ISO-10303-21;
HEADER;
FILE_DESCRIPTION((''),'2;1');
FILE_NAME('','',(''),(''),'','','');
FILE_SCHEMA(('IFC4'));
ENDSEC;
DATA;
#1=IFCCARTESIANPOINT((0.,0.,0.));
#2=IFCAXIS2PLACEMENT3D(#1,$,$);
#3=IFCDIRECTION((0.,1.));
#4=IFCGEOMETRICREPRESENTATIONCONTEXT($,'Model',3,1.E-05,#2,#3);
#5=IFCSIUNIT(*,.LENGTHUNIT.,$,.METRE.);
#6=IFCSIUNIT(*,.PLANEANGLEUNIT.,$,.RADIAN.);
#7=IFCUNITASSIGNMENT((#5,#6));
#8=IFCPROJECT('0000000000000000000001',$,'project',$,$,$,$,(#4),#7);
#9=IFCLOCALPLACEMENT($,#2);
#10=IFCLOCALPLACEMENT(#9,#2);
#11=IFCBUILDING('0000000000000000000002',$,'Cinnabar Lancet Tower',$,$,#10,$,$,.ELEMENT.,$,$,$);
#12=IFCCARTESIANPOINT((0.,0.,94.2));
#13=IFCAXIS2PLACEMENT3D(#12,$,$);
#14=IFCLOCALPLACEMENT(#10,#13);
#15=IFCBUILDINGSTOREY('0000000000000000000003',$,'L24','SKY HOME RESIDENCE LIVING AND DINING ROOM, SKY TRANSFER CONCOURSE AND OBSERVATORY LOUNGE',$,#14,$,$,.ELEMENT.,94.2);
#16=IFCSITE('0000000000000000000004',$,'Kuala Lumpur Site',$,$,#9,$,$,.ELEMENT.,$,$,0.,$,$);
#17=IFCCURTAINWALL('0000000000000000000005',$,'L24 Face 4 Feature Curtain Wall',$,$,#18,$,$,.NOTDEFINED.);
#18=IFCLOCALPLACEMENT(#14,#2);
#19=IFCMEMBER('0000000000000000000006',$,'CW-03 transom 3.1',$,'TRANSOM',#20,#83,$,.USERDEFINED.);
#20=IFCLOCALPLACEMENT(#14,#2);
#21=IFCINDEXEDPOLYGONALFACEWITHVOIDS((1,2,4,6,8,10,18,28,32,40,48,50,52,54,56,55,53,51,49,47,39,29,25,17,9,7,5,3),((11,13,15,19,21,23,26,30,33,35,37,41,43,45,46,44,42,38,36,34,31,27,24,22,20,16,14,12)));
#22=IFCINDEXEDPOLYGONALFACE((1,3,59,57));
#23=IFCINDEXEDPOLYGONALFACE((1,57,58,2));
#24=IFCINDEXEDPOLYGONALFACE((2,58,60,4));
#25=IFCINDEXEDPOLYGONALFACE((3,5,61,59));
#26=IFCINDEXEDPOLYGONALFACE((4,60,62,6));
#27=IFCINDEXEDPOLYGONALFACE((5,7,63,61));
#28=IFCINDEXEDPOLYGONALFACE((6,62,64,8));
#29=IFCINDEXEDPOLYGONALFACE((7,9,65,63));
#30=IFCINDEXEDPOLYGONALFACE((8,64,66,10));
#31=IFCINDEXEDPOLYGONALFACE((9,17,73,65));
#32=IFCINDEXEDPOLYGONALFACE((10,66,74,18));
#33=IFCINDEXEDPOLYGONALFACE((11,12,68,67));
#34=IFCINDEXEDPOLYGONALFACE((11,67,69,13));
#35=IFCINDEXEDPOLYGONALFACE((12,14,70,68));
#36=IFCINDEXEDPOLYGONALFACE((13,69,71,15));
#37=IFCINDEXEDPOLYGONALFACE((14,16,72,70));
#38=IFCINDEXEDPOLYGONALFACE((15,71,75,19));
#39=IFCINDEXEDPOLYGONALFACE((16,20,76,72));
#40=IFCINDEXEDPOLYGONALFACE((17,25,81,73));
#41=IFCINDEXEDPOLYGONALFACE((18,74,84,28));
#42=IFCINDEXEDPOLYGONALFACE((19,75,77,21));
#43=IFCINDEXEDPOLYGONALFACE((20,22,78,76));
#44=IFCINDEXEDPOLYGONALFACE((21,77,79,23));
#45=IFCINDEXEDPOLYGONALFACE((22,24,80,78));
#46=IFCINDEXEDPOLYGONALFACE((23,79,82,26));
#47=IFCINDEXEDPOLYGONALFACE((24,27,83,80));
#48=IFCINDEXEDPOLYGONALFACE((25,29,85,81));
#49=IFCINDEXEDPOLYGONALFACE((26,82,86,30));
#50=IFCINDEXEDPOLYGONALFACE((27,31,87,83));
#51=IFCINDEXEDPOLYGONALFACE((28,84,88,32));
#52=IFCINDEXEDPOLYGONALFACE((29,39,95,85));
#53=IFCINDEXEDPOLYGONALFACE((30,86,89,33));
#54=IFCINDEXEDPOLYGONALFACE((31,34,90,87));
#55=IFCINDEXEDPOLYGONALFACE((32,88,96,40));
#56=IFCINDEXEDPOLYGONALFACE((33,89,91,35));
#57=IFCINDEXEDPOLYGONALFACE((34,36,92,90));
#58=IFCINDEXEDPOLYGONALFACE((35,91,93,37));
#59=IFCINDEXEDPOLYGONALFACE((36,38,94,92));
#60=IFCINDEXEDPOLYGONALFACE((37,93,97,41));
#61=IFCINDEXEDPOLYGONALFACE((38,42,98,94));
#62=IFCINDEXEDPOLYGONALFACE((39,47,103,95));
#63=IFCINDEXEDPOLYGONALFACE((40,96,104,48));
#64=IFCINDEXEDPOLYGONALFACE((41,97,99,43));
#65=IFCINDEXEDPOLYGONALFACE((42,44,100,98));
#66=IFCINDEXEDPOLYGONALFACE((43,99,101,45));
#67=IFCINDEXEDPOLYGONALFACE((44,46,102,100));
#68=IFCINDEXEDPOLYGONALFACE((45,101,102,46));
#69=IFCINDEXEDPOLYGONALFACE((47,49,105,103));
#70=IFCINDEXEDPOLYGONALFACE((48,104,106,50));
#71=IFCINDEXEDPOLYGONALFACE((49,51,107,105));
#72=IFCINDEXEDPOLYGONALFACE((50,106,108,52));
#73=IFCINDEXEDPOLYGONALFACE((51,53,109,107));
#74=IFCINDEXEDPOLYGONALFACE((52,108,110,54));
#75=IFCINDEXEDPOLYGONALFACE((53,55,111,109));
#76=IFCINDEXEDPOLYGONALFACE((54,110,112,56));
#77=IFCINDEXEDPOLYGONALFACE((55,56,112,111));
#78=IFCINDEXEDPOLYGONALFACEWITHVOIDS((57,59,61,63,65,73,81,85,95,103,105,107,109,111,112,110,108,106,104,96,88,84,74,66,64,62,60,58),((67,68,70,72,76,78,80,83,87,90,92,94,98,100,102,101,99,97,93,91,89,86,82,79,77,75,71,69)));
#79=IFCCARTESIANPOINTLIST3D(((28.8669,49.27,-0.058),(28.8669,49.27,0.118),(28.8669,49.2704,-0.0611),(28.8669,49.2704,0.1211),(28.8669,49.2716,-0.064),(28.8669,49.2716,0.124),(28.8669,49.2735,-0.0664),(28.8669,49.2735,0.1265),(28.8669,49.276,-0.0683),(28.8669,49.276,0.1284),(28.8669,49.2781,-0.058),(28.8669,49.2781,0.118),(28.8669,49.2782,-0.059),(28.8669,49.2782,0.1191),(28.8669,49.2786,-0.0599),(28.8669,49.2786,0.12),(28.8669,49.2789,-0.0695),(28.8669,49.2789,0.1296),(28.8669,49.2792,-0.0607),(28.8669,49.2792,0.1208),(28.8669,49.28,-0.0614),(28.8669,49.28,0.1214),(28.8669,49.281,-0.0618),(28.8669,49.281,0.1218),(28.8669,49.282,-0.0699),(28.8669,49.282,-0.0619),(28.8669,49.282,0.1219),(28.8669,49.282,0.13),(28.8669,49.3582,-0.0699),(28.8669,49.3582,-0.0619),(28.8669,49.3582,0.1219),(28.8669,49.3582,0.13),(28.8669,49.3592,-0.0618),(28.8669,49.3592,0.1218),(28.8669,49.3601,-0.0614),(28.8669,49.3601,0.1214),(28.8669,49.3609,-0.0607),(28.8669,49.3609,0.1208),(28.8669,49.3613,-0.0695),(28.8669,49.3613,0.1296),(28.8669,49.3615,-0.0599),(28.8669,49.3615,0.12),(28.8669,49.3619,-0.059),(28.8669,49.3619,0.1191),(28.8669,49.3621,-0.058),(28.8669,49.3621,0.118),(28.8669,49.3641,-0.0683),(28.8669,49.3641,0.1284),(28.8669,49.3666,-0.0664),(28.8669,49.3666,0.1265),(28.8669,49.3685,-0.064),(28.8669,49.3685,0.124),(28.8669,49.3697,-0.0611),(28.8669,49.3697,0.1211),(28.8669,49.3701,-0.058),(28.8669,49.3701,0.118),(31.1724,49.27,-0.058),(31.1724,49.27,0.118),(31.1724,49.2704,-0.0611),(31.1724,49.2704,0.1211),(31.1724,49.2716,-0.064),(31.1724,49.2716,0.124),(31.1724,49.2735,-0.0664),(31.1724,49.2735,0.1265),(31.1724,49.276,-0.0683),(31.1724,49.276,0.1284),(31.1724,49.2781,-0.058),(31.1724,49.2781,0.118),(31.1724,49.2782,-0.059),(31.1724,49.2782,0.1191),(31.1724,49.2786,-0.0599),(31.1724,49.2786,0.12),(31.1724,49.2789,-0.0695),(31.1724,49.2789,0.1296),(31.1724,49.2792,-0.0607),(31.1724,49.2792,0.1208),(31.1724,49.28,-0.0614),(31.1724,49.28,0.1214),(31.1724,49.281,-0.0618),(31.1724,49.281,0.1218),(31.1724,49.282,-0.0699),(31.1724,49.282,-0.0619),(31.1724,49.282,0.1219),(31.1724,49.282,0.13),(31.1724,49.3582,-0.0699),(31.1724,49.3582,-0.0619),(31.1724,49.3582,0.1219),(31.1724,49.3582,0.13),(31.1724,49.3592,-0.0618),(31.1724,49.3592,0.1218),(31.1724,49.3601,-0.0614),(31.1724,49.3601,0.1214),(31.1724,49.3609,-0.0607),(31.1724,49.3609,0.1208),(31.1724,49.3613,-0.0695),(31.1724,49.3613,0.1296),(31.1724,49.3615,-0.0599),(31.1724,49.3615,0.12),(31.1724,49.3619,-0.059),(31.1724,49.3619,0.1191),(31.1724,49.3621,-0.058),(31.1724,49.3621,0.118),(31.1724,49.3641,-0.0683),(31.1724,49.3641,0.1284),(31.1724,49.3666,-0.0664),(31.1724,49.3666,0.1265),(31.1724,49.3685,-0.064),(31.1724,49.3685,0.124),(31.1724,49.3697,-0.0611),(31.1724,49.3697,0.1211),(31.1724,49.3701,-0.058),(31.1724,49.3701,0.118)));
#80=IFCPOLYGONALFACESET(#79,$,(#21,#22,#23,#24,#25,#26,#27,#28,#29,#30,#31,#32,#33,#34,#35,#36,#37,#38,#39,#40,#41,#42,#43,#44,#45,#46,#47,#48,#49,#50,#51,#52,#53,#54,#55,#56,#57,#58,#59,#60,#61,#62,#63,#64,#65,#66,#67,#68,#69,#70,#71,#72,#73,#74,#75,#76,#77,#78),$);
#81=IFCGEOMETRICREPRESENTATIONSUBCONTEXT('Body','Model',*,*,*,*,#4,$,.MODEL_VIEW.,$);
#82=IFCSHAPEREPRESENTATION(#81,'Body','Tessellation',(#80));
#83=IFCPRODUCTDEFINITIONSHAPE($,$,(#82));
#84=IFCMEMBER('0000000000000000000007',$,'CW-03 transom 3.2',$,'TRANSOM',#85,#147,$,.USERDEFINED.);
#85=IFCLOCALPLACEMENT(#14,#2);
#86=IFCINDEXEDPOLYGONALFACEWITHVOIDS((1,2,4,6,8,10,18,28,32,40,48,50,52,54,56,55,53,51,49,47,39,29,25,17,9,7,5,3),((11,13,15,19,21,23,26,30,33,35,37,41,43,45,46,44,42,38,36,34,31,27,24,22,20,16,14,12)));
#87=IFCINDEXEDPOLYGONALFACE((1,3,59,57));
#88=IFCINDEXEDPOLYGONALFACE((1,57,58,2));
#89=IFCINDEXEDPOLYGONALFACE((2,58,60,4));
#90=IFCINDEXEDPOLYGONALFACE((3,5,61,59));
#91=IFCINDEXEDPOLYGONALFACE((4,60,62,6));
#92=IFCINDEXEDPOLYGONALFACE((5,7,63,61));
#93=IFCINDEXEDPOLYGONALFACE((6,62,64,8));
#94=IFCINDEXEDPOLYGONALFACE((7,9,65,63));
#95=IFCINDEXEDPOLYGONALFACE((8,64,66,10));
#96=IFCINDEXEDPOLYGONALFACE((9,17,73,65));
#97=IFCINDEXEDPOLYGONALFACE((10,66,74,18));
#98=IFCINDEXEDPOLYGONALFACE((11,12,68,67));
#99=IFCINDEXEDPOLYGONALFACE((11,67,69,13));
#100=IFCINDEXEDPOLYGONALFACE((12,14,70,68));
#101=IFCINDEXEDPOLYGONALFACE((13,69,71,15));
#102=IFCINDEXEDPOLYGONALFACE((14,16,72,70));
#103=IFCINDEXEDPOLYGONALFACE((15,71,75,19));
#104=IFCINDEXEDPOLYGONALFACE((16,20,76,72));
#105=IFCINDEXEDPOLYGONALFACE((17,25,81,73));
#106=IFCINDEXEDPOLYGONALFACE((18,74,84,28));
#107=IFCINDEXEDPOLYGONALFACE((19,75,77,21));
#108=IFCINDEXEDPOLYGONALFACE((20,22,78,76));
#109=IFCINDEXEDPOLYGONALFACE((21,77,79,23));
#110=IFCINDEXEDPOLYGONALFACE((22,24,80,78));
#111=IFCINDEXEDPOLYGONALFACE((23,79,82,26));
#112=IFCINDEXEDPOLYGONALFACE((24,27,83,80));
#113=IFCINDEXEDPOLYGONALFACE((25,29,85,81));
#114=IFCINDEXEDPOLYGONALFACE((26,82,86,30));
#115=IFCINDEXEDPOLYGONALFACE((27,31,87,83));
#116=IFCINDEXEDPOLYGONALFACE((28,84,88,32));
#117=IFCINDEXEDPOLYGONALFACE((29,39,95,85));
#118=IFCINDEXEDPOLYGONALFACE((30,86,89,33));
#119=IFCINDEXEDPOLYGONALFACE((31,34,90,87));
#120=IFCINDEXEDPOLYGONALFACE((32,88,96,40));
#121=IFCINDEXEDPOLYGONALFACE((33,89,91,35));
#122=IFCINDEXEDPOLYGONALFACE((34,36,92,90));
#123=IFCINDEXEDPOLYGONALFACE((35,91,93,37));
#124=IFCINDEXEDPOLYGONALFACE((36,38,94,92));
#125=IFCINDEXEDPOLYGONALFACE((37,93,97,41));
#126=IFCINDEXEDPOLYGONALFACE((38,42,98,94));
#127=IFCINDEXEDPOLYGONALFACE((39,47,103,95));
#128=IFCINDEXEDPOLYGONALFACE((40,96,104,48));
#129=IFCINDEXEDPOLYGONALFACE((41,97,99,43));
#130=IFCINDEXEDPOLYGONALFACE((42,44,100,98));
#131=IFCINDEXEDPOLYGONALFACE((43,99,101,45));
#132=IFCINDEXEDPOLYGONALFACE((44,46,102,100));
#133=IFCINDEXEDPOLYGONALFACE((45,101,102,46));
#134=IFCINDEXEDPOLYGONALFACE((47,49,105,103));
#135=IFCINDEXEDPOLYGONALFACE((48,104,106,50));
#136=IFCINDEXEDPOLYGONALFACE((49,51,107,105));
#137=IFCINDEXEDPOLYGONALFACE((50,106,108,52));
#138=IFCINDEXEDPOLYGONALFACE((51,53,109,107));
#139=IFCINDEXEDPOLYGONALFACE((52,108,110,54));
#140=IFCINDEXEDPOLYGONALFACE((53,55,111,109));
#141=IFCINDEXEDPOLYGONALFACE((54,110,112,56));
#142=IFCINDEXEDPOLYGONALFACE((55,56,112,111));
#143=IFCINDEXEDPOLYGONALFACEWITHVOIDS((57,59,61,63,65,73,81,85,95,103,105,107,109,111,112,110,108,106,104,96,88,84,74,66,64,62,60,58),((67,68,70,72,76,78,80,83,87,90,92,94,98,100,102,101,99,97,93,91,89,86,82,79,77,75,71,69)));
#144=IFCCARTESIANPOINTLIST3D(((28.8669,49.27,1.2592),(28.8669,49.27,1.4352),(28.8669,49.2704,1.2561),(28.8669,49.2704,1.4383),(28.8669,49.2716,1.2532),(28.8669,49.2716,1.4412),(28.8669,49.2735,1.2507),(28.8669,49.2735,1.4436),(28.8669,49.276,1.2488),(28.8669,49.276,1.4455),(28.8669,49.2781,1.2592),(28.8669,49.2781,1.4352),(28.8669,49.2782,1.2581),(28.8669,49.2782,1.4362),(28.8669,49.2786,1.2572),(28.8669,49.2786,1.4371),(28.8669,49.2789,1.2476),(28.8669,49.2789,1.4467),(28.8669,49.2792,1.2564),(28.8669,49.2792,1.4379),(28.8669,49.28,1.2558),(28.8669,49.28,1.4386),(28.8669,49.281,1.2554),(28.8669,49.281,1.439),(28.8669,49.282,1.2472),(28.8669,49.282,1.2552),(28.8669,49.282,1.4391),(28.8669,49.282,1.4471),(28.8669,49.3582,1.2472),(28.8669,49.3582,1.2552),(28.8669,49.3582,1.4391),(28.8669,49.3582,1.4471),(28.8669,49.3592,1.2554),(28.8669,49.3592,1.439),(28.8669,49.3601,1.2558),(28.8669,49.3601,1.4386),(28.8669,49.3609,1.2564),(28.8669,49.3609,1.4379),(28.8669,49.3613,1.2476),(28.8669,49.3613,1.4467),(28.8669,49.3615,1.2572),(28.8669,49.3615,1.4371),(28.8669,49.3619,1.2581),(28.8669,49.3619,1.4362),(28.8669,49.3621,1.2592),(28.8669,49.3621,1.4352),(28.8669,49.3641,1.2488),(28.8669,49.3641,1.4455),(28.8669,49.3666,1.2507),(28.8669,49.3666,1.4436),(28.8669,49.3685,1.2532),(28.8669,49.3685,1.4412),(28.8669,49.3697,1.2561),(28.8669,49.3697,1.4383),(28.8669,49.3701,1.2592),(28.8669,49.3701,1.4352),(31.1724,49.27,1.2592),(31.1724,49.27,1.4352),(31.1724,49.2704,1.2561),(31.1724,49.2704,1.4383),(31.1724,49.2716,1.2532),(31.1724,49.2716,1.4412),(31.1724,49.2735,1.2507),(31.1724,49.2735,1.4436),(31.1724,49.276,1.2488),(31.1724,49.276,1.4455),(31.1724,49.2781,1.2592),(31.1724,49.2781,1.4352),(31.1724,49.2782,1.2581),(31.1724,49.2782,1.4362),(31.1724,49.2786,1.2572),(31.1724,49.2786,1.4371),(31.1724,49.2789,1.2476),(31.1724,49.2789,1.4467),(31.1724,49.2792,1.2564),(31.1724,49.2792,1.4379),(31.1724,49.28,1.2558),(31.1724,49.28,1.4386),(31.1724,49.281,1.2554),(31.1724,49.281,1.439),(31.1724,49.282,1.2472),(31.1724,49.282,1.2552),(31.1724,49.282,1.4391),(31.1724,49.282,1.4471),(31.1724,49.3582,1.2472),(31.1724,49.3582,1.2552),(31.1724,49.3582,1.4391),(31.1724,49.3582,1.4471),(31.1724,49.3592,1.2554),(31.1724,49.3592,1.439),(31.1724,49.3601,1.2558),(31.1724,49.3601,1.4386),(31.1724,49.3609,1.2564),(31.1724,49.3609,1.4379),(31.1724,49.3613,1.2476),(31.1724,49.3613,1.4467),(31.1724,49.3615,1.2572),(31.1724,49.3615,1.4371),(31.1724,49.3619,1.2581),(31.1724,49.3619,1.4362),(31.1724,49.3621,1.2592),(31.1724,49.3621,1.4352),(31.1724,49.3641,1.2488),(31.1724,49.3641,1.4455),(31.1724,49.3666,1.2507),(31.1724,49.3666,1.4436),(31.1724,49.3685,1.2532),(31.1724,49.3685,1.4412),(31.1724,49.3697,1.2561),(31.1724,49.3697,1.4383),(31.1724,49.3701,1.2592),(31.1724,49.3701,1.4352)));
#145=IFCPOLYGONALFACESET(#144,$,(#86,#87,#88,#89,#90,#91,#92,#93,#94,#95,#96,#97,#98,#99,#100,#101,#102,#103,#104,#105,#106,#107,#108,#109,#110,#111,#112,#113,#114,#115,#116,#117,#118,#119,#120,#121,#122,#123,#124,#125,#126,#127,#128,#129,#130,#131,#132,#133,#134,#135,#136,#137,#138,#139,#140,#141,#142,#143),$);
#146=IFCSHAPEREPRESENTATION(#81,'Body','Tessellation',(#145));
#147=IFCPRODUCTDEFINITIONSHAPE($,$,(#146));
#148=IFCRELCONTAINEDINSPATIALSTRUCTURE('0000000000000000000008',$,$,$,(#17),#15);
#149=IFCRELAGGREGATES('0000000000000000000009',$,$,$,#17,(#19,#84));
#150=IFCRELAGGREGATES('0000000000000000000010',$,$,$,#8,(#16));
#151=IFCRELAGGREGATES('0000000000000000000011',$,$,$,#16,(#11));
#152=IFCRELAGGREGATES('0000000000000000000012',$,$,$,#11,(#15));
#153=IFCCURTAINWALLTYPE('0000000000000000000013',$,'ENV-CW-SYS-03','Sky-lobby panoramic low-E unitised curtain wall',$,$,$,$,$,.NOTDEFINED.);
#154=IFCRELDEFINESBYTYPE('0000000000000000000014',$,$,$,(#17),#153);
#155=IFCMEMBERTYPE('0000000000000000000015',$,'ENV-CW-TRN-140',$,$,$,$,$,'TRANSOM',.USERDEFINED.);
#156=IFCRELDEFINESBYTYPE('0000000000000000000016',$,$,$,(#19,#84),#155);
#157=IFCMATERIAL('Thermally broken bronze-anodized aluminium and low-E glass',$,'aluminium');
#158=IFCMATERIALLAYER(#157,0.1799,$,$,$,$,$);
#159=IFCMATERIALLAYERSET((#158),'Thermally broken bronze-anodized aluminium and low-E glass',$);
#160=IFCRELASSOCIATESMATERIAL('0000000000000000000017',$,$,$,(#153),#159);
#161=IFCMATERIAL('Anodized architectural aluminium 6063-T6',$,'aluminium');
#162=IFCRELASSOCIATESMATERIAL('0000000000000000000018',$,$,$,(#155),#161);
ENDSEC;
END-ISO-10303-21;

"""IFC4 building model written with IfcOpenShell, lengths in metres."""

from ifc_helpers import new_model, si_unit, direction, frame, origin, origin_2d, place, context, subcontext, project, spatial, hollow_rectangle, extrude, material, layer, layer_set, material_profile, profile_set, type_object, element, aggregate, save


model = new_model("IFC4")

# Units and contexts
model_context = context("Model", 3, precision=1e-05, world=origin(), true_north=direction((0.0, 1.0)))
body_context = subcontext(model_context, "Body", "Model", "MODEL_VIEW")
ifc_project = project(units=[si_unit("LENGTHUNIT", "METRE"), si_unit("PLANEANGLEUNIT", "RADIAN")], contexts=[model_context])

# Site, building, storey
site_placement = place(None, origin())
site = spatial("IfcSite", under=ifc_project, at=site_placement, Name="Kuala Lumpur Site", CompositionType="ELEMENT", RefElevation=0.0)
building_placement = place(site_placement, origin())
building = spatial("IfcBuilding", under=site, at=building_placement, Name="Cinnabar Lancet Tower", CompositionType="ELEMENT")
storey_placement = place(building_placement, frame((0.0, 0.0, 94.2)))
storey = spatial("IfcBuildingStorey", under=building, at=storey_placement, Name="L24", Description="SKY HOME RESIDENCE LIVING AND DINING ROOM, SKY TRANSFER CONCOURSE AND OBSERVATORY LOUNGE", CompositionType="ELEMENT", Elevation=94.2)

# Curtain wall, members
ifc_material_1 = material(Name="Thermally broken bronze-anodized aluminium and low-E glass", Category="aluminium")
ifc_layer_1 = layer(ifc_material_1, 0.1799)
ifc_layer_set_1 = layer_set([ifc_layer_1], Name="Thermally broken bronze-anodized aluminium and low-E glass")
curtain_wall_type = type_object("IfcCurtainWallType", Name="ENV-CW-SYS-03", Description="Sky-lobby panoramic low-E unitised curtain wall", PredefinedType="NOTDEFINED", material=ifc_layer_set_1)
curtain_wall_placement = place(storey_placement, origin())
curtain_wall = element("IfcCurtainWall", 1, at=curtain_wall_placement, inside=storey, type_object=curtain_wall_type, Name="L24 Face 4 Feature Curtain Wall", PredefinedType="NOTDEFINED")
ifc_material_2 = material(Name="Anodized architectural aluminium 6063-T6", Category="aluminium")
ifc_material_profile_1 = material_profile(ifc_material_2, hollow_rectangle(XDim=0.1001, YDim=0.2, WallThickness=0.0081, InnerFilletRadius=0.0039, OuterFilletRadius=0.012, at=origin_2d()), Name="RHS 200x100x8")
ifc_profile_set_1 = profile_set([ifc_material_profile_1], Name="Anodized architectural aluminium 6063-T6")
member_type_1 = type_object("IfcMemberType", Name="ENV-CW-TRN-140", ElementType="TRANSOM", PredefinedType="USERDEFINED", material=ifc_profile_set_1)
member_1_placement = place(storey_placement, frame((31.1724, 49.3201, 0.03), z_axis=(-1.0, 0.0, 0.0), x_axis=(0.0, -1.0, 0.0)))
member_1 = element("IfcMember", 2, at=member_1_placement, type_object=member_type_1, Name="CW-03 transom 3.1", ObjectType="TRANSOM", PredefinedType="USERDEFINED", context=body_context, shape_type="SweptSolid", body=[
    extrude(hollow_rectangle(XDim=0.1001, YDim=0.2, WallThickness=0.0081, InnerFilletRadius=0.0039, OuterFilletRadius=0.012, at=origin_2d()), origin(), (0.0, 0.0, 1.0), 2.3054),
])
member_2_placement = place(storey_placement, frame((31.1724, 49.3201, 1.3472), z_axis=(-1.0, 0.0, 0.0), x_axis=(0.0, -1.0, 0.0)))
member_2 = element("IfcMember", 3, at=member_2_placement, type_object=member_type_1, Name="CW-03 transom 3.2", ObjectType="TRANSOM", PredefinedType="USERDEFINED", context=body_context, shape_type="SweptSolid", body=[
    extrude(hollow_rectangle(XDim=0.1001, YDim=0.2, WallThickness=0.0081, InnerFilletRadius=0.0039, OuterFilletRadius=0.012, at=origin_2d()), origin(), (0.0, 0.0, 1.0), 2.3054),
])

aggregate(curtain_wall, [member_1, member_2])

save(model, "model.ifc")
